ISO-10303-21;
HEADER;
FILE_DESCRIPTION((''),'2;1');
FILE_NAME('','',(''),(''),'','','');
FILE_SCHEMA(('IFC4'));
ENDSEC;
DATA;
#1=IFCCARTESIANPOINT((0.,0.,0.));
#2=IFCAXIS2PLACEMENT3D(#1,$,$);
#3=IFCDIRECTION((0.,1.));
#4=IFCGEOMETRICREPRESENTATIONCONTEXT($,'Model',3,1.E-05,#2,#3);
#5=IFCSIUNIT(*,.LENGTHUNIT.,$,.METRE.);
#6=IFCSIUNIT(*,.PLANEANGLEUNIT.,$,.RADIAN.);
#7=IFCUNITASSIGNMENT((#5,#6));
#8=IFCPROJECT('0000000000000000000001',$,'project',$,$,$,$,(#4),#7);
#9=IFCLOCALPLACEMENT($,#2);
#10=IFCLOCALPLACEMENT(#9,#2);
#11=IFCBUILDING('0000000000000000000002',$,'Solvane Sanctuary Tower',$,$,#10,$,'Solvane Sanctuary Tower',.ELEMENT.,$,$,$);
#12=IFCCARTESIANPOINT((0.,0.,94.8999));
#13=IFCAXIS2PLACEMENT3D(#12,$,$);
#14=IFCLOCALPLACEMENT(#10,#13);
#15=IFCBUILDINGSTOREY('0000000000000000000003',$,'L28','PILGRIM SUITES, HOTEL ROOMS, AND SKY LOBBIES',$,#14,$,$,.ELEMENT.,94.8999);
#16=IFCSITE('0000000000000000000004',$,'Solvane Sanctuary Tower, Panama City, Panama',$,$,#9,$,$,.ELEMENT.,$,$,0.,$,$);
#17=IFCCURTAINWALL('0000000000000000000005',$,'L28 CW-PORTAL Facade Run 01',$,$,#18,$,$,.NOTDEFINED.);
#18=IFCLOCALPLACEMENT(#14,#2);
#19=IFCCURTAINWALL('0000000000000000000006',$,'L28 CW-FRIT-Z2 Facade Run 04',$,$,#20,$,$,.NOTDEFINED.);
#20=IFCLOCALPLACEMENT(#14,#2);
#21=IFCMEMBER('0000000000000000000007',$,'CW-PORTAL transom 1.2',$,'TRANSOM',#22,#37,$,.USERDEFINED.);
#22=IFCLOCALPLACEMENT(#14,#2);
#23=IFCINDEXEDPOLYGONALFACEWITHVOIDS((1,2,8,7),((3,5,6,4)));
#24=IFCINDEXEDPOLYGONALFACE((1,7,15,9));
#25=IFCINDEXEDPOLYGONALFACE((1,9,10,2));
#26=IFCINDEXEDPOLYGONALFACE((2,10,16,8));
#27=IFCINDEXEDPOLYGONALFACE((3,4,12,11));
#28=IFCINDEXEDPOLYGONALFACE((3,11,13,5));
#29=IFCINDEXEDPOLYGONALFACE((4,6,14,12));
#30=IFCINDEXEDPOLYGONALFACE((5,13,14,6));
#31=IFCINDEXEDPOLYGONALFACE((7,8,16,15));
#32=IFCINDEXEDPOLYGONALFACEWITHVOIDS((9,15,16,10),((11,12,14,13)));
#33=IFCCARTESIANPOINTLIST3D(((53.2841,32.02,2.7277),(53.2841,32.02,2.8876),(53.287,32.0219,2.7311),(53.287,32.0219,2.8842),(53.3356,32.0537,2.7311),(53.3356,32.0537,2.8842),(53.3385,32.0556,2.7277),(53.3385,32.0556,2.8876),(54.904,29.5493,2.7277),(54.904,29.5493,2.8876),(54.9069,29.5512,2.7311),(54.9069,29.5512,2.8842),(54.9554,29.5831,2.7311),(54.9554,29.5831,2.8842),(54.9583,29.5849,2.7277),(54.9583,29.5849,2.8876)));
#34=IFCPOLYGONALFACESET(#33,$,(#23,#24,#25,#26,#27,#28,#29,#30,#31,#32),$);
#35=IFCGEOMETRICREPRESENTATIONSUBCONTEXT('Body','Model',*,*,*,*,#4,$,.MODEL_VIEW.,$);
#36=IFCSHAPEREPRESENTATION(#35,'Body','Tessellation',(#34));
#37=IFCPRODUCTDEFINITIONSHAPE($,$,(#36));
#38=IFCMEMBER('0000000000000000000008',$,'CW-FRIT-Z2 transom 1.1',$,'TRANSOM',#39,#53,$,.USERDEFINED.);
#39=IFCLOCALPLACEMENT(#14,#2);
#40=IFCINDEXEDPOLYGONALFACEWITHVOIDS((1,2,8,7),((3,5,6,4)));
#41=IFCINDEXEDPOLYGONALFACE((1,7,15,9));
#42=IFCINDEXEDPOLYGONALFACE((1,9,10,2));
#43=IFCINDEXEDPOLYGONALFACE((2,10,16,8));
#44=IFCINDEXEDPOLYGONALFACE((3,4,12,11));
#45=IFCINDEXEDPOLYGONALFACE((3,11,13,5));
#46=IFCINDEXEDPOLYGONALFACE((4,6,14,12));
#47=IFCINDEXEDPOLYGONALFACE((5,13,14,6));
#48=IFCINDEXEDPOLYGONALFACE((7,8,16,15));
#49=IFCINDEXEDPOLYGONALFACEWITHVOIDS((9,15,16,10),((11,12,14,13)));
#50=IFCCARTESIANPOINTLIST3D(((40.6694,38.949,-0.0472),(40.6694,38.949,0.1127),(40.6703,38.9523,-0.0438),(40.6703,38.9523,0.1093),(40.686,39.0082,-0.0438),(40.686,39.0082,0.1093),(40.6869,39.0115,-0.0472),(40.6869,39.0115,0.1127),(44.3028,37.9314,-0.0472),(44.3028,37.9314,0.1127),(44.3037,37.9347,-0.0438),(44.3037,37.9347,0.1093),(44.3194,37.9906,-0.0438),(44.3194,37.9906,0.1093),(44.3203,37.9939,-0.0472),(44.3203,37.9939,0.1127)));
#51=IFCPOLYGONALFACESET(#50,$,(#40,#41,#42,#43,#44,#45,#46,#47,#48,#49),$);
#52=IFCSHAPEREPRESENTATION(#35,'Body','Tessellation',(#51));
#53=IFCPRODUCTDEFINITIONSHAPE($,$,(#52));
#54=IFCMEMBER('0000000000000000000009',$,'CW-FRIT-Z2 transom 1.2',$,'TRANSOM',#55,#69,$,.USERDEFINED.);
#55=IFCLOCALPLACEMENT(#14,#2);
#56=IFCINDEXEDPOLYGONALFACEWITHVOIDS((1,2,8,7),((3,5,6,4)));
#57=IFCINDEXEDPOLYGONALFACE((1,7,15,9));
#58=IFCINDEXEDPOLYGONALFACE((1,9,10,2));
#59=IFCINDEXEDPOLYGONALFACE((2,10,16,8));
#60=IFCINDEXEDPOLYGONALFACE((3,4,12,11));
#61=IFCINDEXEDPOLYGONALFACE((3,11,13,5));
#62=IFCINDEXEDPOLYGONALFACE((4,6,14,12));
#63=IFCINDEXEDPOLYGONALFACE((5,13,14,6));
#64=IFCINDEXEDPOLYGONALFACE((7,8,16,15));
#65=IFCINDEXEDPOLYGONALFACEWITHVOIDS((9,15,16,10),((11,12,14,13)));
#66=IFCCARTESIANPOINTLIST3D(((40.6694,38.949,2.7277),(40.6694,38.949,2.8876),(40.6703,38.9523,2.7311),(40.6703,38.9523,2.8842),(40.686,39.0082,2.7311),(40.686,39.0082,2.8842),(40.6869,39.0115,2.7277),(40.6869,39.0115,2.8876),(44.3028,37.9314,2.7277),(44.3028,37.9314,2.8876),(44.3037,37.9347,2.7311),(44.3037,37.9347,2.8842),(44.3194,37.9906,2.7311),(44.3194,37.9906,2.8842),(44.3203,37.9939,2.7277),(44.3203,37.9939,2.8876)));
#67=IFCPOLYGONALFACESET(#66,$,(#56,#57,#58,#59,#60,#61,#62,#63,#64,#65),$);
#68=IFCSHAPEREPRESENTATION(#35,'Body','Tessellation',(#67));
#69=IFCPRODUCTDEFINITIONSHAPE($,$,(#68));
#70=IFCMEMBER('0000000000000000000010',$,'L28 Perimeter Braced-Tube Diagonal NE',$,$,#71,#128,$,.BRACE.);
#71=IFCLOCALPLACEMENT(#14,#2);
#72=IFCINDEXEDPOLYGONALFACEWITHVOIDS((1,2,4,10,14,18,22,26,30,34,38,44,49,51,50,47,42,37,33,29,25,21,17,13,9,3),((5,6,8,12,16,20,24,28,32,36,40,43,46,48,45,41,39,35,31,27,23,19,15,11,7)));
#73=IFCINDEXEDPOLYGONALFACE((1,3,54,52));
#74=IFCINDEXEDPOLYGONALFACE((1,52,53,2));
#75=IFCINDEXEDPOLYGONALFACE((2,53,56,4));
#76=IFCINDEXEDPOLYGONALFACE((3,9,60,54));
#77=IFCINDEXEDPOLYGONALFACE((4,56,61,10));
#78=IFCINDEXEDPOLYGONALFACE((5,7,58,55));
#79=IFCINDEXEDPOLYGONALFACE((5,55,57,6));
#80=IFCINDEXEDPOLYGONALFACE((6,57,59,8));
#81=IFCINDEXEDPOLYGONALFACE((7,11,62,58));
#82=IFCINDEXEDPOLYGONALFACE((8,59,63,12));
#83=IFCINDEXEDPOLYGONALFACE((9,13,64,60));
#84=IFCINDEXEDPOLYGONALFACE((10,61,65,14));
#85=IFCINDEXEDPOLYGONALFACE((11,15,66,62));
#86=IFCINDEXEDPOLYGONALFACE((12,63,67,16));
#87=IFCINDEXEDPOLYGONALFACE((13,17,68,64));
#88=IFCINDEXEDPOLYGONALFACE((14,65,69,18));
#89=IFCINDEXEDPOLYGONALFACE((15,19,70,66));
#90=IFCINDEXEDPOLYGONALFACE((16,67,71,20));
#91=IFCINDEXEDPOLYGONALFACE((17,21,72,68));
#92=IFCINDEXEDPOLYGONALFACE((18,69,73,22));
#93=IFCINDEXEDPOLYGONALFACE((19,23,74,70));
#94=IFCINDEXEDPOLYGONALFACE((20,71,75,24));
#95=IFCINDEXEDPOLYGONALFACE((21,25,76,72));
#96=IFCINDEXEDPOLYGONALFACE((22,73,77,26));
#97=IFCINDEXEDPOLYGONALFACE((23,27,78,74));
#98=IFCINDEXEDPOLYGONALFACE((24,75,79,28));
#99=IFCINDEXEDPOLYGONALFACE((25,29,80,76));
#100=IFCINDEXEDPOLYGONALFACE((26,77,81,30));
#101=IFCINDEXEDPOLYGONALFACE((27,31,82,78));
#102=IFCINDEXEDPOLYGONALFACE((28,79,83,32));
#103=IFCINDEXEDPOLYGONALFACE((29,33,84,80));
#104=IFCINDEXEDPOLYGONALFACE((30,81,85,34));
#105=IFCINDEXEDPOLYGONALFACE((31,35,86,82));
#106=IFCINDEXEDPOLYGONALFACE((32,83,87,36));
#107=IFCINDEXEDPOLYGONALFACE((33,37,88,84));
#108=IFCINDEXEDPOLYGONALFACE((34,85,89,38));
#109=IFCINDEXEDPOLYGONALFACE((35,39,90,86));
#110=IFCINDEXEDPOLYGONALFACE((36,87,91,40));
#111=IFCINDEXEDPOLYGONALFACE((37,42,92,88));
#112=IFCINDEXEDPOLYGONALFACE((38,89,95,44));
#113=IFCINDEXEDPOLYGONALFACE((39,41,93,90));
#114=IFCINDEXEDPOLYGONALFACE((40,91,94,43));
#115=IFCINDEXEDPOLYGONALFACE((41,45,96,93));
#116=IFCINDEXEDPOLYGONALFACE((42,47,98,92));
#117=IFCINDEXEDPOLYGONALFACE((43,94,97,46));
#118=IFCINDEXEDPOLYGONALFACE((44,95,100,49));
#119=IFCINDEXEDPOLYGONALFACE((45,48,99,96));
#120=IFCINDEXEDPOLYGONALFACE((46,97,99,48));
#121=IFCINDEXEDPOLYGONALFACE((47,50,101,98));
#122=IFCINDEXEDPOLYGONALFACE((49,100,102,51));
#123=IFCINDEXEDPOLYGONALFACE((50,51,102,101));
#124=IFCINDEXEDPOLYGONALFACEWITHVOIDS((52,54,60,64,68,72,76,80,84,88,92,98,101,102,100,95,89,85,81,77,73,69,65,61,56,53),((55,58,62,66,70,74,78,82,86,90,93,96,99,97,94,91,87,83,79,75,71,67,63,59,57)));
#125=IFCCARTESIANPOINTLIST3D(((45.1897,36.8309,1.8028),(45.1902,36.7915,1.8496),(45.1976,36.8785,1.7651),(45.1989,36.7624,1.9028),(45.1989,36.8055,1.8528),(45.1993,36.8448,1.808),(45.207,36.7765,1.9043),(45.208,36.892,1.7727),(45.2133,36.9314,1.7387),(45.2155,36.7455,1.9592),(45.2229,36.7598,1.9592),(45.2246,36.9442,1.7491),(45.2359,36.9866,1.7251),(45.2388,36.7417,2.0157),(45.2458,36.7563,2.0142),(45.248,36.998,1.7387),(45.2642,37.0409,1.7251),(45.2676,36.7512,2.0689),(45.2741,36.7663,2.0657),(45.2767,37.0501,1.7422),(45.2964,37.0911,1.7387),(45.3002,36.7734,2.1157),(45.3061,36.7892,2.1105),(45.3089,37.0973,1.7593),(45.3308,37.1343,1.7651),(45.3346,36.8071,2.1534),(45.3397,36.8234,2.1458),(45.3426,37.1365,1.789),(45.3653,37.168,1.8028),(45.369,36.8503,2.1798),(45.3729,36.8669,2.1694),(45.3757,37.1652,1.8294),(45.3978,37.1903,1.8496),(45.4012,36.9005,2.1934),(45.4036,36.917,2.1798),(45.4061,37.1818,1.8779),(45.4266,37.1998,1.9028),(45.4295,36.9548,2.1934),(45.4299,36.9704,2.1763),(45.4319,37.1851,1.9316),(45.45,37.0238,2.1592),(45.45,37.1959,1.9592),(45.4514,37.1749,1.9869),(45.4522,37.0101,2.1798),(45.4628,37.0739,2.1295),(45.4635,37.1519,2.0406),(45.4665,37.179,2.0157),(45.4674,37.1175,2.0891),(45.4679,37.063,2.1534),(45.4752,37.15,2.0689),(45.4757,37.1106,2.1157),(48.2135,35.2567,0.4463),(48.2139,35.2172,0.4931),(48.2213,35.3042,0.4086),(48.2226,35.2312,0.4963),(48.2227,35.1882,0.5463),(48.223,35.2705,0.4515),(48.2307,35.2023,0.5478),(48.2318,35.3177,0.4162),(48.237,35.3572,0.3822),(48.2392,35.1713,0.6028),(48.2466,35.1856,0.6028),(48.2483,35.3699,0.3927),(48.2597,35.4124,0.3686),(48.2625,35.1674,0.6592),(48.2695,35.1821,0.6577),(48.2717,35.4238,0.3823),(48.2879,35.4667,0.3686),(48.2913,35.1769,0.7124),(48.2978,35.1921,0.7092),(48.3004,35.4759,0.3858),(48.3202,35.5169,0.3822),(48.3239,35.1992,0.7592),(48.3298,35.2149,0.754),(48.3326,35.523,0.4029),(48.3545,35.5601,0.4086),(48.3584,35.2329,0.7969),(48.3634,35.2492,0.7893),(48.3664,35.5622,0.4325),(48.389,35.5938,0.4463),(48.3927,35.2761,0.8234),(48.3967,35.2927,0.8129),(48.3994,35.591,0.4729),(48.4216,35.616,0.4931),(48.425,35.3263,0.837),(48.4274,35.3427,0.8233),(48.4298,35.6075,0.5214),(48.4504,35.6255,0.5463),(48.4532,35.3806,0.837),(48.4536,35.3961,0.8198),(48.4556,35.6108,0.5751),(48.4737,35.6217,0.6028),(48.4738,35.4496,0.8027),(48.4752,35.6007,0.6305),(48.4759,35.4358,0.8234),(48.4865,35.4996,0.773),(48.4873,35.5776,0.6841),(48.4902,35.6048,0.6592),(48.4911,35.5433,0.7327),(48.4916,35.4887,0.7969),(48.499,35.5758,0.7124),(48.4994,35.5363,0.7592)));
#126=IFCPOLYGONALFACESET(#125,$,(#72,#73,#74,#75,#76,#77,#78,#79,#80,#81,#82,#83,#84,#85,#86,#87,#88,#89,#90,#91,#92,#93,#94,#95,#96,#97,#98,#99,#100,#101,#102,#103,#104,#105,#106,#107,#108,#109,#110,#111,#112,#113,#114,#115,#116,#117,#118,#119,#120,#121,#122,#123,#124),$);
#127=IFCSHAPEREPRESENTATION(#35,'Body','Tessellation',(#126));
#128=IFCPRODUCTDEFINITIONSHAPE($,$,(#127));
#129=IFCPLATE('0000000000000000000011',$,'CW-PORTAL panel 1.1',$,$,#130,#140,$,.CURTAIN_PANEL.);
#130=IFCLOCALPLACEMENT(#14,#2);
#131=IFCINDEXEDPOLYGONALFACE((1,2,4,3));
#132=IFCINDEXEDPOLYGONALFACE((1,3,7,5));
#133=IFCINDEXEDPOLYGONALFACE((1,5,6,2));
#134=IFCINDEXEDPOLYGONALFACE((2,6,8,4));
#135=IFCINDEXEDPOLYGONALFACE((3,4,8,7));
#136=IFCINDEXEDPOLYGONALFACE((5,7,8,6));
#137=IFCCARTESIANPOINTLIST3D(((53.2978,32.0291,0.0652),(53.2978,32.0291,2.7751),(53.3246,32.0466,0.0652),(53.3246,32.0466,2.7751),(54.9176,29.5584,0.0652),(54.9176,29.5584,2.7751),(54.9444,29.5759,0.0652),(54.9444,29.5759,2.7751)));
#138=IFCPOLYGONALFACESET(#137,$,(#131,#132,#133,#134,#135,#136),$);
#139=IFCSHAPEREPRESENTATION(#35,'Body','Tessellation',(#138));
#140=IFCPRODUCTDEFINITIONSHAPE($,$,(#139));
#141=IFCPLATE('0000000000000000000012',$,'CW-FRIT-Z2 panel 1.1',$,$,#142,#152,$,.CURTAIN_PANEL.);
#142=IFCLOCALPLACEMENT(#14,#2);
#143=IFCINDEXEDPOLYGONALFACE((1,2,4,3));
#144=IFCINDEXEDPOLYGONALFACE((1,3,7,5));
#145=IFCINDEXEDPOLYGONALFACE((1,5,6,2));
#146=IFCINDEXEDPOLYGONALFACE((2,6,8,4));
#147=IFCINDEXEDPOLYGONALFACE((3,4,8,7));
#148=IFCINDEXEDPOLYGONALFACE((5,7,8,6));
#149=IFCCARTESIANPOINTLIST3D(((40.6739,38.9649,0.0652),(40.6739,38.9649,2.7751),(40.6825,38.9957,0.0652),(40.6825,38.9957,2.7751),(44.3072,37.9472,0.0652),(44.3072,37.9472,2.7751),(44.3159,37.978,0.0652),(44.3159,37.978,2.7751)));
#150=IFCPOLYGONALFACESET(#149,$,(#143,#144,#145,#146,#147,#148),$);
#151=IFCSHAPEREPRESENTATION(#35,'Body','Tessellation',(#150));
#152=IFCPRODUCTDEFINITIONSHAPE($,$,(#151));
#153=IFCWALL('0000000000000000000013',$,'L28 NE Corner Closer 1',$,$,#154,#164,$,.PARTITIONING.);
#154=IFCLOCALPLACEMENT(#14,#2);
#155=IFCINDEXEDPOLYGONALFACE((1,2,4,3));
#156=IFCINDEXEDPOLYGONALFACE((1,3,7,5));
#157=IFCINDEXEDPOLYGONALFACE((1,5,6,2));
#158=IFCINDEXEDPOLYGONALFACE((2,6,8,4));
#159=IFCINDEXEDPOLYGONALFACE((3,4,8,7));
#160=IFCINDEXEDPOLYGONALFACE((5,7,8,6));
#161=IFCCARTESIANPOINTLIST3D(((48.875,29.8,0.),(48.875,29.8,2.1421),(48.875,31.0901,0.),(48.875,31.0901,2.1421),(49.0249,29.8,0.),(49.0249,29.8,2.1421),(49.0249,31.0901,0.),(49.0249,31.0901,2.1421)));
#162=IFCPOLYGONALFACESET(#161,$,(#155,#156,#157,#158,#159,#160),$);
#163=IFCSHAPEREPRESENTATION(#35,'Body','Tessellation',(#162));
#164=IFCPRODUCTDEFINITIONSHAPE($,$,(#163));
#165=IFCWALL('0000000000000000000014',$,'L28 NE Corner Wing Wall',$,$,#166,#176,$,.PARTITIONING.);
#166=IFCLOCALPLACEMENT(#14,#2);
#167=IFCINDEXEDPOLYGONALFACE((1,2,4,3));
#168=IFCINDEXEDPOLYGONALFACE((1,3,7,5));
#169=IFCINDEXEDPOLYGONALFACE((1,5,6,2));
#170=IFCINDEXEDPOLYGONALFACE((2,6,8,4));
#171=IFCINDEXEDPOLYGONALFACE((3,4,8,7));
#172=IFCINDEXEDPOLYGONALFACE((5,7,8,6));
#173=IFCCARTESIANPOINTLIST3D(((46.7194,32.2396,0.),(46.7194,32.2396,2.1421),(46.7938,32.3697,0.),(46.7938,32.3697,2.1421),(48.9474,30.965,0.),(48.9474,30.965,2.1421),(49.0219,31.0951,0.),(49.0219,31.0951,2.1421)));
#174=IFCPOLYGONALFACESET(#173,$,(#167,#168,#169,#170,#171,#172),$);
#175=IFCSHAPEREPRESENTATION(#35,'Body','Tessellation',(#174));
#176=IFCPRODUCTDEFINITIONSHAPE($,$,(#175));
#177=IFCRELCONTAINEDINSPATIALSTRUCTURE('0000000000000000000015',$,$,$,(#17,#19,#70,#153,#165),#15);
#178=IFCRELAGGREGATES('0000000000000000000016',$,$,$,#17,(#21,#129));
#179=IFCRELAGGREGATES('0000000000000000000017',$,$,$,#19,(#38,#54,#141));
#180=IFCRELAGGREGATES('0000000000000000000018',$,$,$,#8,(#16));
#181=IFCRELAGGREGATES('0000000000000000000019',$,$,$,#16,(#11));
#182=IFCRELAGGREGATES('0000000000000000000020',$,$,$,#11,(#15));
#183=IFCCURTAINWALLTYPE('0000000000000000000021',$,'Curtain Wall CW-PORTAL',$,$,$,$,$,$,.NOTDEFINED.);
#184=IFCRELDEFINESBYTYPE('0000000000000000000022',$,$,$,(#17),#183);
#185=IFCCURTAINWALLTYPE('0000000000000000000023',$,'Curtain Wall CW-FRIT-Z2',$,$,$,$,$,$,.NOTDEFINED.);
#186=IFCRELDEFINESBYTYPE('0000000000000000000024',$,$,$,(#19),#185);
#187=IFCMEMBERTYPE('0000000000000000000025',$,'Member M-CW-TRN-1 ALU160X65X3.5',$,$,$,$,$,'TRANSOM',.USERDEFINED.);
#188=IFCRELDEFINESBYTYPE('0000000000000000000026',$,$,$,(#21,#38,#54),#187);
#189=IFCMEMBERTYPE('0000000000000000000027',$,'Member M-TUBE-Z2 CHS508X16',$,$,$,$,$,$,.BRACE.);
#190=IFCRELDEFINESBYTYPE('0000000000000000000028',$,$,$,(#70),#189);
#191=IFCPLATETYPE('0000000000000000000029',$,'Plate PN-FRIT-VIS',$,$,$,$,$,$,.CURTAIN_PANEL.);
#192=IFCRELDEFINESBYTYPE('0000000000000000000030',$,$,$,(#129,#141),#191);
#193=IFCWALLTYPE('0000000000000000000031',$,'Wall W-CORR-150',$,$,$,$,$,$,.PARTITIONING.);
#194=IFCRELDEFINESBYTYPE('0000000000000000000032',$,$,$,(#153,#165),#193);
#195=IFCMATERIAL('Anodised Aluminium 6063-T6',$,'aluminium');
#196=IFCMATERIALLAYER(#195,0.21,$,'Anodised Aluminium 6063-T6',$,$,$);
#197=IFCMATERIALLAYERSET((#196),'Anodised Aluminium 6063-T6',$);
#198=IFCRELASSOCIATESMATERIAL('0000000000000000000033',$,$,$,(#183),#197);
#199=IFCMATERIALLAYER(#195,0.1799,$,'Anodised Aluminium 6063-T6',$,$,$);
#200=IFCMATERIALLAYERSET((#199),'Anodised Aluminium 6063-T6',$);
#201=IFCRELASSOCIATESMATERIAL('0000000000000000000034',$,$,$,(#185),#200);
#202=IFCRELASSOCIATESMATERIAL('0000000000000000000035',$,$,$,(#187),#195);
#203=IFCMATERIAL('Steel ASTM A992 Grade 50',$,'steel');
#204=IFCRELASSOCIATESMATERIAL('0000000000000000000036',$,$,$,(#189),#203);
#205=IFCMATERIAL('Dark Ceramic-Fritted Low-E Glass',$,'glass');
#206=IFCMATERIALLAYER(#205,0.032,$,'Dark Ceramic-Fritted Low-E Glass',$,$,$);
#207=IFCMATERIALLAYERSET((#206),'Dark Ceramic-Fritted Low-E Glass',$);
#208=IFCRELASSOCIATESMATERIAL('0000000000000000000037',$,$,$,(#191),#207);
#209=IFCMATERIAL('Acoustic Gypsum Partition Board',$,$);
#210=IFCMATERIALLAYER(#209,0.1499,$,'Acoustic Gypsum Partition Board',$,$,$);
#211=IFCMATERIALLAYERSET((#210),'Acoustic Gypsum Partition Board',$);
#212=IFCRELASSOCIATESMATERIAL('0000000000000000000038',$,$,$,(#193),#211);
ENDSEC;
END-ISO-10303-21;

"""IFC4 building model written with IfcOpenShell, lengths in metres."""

from ifc_helpers import new_model, si_unit, direction, frame, frame_2d, origin, origin_2d, place, context, subcontext, project, spatial, rectangle, hollow_rectangle, hollow_circle, extrude, material, layer, layer_set, material_profile, profile_set, type_object, element, aggregate, save


model = new_model("IFC4")

# Units and contexts
model_context = context("Model", 3, precision=1e-05, world=origin(), true_north=direction((0.0, 1.0)))
body_context = subcontext(model_context, "Body", "Model", "MODEL_VIEW")
ifc_project = project(units=[si_unit("LENGTHUNIT", "METRE"), si_unit("PLANEANGLEUNIT", "RADIAN")], contexts=[model_context])

# Site, building, storey
site_placement = place(None, origin())
site = spatial("IfcSite", under=ifc_project, at=site_placement, Name="Solvane Sanctuary Tower, Panama City, Panama", CompositionType="ELEMENT", RefElevation=0.0)
building_placement = place(site_placement, origin())
building = spatial("IfcBuilding", under=site, at=building_placement, Name="Solvane Sanctuary Tower", LongName="Solvane Sanctuary Tower", CompositionType="ELEMENT")
storey_placement = place(building_placement, frame((0.0, 0.0, 94.8999)))
storey = spatial("IfcBuildingStorey", under=building, at=storey_placement, Name="L28", Description="PILGRIM SUITES, HOTEL ROOMS, AND SKY LOBBIES", CompositionType="ELEMENT", Elevation=94.8999)

# Shared definitions
ifc_material_1 = material(Name="Steel ASTM A992 Grade 50", Category="steel")

# Curtain wall
ifc_material_2 = material(Name="Anodised Aluminium 6063-T6", Category="aluminium")
ifc_layer_1 = layer(ifc_material_2, 0.21, Name="Anodised Aluminium 6063-T6")
ifc_layer_set_1 = layer_set([ifc_layer_1], Name="Anodised Aluminium 6063-T6")
curtain_wall_type_1 = type_object("IfcCurtainWallType", Name="Curtain Wall CW-PORTAL", PredefinedType="NOTDEFINED", material=ifc_layer_set_1)
curtain_wall_1_placement = place(storey_placement, origin())
curtain_wall_1 = element("IfcCurtainWall", 1, at=curtain_wall_1_placement, inside=storey, type_object=curtain_wall_type_1, Name="L28 CW-PORTAL Facade Run 01", PredefinedType="NOTDEFINED")

# Curtain wall
ifc_layer_2 = layer(ifc_material_2, 0.1799, Name="Anodised Aluminium 6063-T6")
ifc_layer_set_2 = layer_set([ifc_layer_2], Name="Anodised Aluminium 6063-T6")
curtain_wall_type_2 = type_object("IfcCurtainWallType", Name="Curtain Wall CW-FRIT-Z2", PredefinedType="NOTDEFINED", material=ifc_layer_set_2)
curtain_wall_2_placement = place(storey_placement, origin())
curtain_wall_2 = element("IfcCurtainWall", 2, at=curtain_wall_2_placement, inside=storey, type_object=curtain_wall_type_2, Name="L28 CW-FRIT-Z2 Facade Run 04", PredefinedType="NOTDEFINED")

# Members
ifc_material_profile_1 = material_profile(ifc_material_2, hollow_rectangle(XDim=0.0649, YDim=0.1599, WallThickness=0.0034, at=origin_2d()), Name="ALU160X65X3.5")
ifc_profile_set_1 = profile_set([ifc_material_profile_1], Name="Anodised Aluminium 6063-T6")
member_type_1 = type_object("IfcMemberType", Name="Member M-CW-TRN-1 ALU160X65X3.5", ElementType="TRANSOM", PredefinedType="USERDEFINED", material=ifc_profile_set_1)
member_1_placement = place(storey_placement, frame((54.9312, 29.5671, 2.8076), z_axis=(-0.548295, 0.836285, 0.0), x_axis=(-0.836285, -0.548295, 0.0)))
member_1 = element("IfcMember", 3, at=member_1_placement, type_object=member_type_1, Name="CW-PORTAL transom 1.2", ObjectType="TRANSOM", PredefinedType="USERDEFINED", context=body_context, shape_type="SweptSolid", body=[
    extrude(hollow_rectangle(XDim=0.0649, YDim=0.1599, WallThickness=0.0034, at=origin_2d()), origin(), (0.0, 0.0, 1.0), 2.9543),
])
member_2_placement = place(storey_placement, frame((44.3115, 37.9626, 0.0327), z_axis=(-0.962947, 0.269692, 0.0), x_axis=(-0.269692, -0.962947, 0.0)))
member_2 = element("IfcMember", 4, at=member_2_placement, type_object=member_type_1, Name="CW-FRIT-Z2 transom 1.1", ObjectType="TRANSOM", PredefinedType="USERDEFINED", context=body_context, shape_type="SweptSolid", body=[
    extrude(hollow_rectangle(XDim=0.0649, YDim=0.1599, WallThickness=0.0034, at=origin_2d()), origin(), (0.0, 0.0, 1.0), 3.7732),
])
member_3_placement = place(storey_placement, frame((44.3115, 37.9626, 2.8076), z_axis=(-0.962947, 0.269692, 0.0), x_axis=(-0.269692, -0.962947, 0.0)))
member_3 = element("IfcMember", 5, at=member_3_placement, type_object=member_type_1, Name="CW-FRIT-Z2 transom 1.2", ObjectType="TRANSOM", PredefinedType="USERDEFINED", context=body_context, shape_type="SweptSolid", body=[
    extrude(hollow_rectangle(XDim=0.0649, YDim=0.1599, WallThickness=0.0034, at=origin_2d()), origin(), (0.0, 0.0, 1.0), 3.7732),
])
ifc_material_profile_2 = material_profile(ifc_material_1, hollow_circle(Radius=0.2539, WallThickness=0.0161, at=origin_2d()), Name="CHS508X16")
ifc_profile_set_2 = profile_set([ifc_material_profile_2], Name="Steel ASTM A992 Grade 50")
member_type_2 = type_object("IfcMemberType", Name="Member M-TUBE-Z2 CHS508X16", PredefinedType="BRACE", material=ifc_profile_set_2)
member_4_placement = place(storey_placement, frame((48.3564, 35.3965, 0.6028), z_axis=(-0.824141, 0.429072, 0.369715), x_axis=(-0.461792, -0.886988, 0.0)))
element("IfcMember", 6, at=member_4_placement, inside=storey, type_object=member_type_2, Name="L28 Perimeter Braced-Tube Diagonal NE", PredefinedType="BRACE", context=body_context, shape_type="SweptSolid", body=[
    extrude(hollow_circle(Radius=0.2539, WallThickness=0.0161, at=origin_2d()), origin(), (0.0, 0.0, 1.0), 3.6689),
])

# Plates
ifc_material_3 = material(Name="Dark Ceramic-Fritted Low-E Glass", Category="glass")
ifc_layer_3 = layer(ifc_material_3, 0.032, Name="Dark Ceramic-Fritted Low-E Glass")
ifc_layer_set_3 = layer_set([ifc_layer_3], Name="Dark Ceramic-Fritted Low-E Glass")
plate_type = type_object("IfcPlateType", Name="Plate PN-FRIT-VIS", PredefinedType="CURTAIN_PANEL", material=ifc_layer_set_3)
plate_1_placement = place(storey_placement, frame((54.1211, 30.8025, 0.0652), z_axis=(0.0, 0.0, 1.0), x_axis=(-0.548276, 0.836298, 0.0)))
plate_1 = element("IfcPlate", 7, at=plate_1_placement, type_object=plate_type, Name="CW-PORTAL panel 1.1", PredefinedType="CURTAIN_PANEL", context=body_context, shape_type="SweptSolid", body=[
    extrude(rectangle(XDim=2.9543, YDim=0.032, at=origin_2d()), origin(), (0.0, 0.0, 1.0), 2.71),
])
aggregate(curtain_wall_1, [member_1, plate_1])
plate_2_placement = place(storey_placement, frame((42.4949, 38.4714, 0.0652), z_axis=(0.0, 0.0, 1.0), x_axis=(-0.962943, 0.269705, 0.0)))
plate_2 = element("IfcPlate", 8, at=plate_2_placement, type_object=plate_type, Name="CW-FRIT-Z2 panel 1.1", PredefinedType="CURTAIN_PANEL", context=body_context, shape_type="SweptSolid", body=[
    extrude(rectangle(XDim=3.7732, YDim=0.032, at=origin_2d()), origin(), (0.0, 0.0, 1.0), 2.71),
])
aggregate(curtain_wall_2, [member_2, member_3, plate_2])

# Walls
ifc_material_4 = material(Name="Acoustic Gypsum Partition Board")
ifc_layer_4 = layer(ifc_material_4, 0.1499, Name="Acoustic Gypsum Partition Board")
ifc_layer_set_4 = layer_set([ifc_layer_4], Name="Acoustic Gypsum Partition Board")
wall_type_1 = type_object("IfcWallType", Name="Wall W-CORR-150", PredefinedType="PARTITIONING", material=ifc_layer_set_4)
wall_1_placement = place(storey_placement, frame((48.95, 29.8, 0.0), z_axis=(0.0, 0.0, 1.0), x_axis=(0.0, 1.0, 0.0)))
element("IfcWall", 9, at=wall_1_placement, inside=storey, type_object=wall_type_1, Name="L28 NE Corner Closer 1", PredefinedType="PARTITIONING", context=body_context, shape_type="SweptSolid", body=[
    extrude(rectangle(XDim=1.29, YDim=0.1499, at=frame_2d((0.645, 0.0))), origin(), (0.0, 0.0, 1.0), 2.1421),
])
wall_2_placement = place(storey_placement, frame((46.7566, 32.3047, 0.0), z_axis=(0.0, 0.0, 1.0), x_axis=(0.867991, -0.496579, 0.0)))
element("IfcWall", 10, at=wall_2_placement, inside=storey, type_object=wall_type_1, Name="L28 NE Corner Wing Wall", PredefinedType="PARTITIONING", context=body_context, shape_type="SweptSolid", body=[
    extrude(rectangle(XDim=2.5669, YDim=0.1499, at=frame_2d((1.2834, 0.0))), origin(), (0.0, 0.0, 1.0), 2.1421),
])

save(model, "model.ifc")
